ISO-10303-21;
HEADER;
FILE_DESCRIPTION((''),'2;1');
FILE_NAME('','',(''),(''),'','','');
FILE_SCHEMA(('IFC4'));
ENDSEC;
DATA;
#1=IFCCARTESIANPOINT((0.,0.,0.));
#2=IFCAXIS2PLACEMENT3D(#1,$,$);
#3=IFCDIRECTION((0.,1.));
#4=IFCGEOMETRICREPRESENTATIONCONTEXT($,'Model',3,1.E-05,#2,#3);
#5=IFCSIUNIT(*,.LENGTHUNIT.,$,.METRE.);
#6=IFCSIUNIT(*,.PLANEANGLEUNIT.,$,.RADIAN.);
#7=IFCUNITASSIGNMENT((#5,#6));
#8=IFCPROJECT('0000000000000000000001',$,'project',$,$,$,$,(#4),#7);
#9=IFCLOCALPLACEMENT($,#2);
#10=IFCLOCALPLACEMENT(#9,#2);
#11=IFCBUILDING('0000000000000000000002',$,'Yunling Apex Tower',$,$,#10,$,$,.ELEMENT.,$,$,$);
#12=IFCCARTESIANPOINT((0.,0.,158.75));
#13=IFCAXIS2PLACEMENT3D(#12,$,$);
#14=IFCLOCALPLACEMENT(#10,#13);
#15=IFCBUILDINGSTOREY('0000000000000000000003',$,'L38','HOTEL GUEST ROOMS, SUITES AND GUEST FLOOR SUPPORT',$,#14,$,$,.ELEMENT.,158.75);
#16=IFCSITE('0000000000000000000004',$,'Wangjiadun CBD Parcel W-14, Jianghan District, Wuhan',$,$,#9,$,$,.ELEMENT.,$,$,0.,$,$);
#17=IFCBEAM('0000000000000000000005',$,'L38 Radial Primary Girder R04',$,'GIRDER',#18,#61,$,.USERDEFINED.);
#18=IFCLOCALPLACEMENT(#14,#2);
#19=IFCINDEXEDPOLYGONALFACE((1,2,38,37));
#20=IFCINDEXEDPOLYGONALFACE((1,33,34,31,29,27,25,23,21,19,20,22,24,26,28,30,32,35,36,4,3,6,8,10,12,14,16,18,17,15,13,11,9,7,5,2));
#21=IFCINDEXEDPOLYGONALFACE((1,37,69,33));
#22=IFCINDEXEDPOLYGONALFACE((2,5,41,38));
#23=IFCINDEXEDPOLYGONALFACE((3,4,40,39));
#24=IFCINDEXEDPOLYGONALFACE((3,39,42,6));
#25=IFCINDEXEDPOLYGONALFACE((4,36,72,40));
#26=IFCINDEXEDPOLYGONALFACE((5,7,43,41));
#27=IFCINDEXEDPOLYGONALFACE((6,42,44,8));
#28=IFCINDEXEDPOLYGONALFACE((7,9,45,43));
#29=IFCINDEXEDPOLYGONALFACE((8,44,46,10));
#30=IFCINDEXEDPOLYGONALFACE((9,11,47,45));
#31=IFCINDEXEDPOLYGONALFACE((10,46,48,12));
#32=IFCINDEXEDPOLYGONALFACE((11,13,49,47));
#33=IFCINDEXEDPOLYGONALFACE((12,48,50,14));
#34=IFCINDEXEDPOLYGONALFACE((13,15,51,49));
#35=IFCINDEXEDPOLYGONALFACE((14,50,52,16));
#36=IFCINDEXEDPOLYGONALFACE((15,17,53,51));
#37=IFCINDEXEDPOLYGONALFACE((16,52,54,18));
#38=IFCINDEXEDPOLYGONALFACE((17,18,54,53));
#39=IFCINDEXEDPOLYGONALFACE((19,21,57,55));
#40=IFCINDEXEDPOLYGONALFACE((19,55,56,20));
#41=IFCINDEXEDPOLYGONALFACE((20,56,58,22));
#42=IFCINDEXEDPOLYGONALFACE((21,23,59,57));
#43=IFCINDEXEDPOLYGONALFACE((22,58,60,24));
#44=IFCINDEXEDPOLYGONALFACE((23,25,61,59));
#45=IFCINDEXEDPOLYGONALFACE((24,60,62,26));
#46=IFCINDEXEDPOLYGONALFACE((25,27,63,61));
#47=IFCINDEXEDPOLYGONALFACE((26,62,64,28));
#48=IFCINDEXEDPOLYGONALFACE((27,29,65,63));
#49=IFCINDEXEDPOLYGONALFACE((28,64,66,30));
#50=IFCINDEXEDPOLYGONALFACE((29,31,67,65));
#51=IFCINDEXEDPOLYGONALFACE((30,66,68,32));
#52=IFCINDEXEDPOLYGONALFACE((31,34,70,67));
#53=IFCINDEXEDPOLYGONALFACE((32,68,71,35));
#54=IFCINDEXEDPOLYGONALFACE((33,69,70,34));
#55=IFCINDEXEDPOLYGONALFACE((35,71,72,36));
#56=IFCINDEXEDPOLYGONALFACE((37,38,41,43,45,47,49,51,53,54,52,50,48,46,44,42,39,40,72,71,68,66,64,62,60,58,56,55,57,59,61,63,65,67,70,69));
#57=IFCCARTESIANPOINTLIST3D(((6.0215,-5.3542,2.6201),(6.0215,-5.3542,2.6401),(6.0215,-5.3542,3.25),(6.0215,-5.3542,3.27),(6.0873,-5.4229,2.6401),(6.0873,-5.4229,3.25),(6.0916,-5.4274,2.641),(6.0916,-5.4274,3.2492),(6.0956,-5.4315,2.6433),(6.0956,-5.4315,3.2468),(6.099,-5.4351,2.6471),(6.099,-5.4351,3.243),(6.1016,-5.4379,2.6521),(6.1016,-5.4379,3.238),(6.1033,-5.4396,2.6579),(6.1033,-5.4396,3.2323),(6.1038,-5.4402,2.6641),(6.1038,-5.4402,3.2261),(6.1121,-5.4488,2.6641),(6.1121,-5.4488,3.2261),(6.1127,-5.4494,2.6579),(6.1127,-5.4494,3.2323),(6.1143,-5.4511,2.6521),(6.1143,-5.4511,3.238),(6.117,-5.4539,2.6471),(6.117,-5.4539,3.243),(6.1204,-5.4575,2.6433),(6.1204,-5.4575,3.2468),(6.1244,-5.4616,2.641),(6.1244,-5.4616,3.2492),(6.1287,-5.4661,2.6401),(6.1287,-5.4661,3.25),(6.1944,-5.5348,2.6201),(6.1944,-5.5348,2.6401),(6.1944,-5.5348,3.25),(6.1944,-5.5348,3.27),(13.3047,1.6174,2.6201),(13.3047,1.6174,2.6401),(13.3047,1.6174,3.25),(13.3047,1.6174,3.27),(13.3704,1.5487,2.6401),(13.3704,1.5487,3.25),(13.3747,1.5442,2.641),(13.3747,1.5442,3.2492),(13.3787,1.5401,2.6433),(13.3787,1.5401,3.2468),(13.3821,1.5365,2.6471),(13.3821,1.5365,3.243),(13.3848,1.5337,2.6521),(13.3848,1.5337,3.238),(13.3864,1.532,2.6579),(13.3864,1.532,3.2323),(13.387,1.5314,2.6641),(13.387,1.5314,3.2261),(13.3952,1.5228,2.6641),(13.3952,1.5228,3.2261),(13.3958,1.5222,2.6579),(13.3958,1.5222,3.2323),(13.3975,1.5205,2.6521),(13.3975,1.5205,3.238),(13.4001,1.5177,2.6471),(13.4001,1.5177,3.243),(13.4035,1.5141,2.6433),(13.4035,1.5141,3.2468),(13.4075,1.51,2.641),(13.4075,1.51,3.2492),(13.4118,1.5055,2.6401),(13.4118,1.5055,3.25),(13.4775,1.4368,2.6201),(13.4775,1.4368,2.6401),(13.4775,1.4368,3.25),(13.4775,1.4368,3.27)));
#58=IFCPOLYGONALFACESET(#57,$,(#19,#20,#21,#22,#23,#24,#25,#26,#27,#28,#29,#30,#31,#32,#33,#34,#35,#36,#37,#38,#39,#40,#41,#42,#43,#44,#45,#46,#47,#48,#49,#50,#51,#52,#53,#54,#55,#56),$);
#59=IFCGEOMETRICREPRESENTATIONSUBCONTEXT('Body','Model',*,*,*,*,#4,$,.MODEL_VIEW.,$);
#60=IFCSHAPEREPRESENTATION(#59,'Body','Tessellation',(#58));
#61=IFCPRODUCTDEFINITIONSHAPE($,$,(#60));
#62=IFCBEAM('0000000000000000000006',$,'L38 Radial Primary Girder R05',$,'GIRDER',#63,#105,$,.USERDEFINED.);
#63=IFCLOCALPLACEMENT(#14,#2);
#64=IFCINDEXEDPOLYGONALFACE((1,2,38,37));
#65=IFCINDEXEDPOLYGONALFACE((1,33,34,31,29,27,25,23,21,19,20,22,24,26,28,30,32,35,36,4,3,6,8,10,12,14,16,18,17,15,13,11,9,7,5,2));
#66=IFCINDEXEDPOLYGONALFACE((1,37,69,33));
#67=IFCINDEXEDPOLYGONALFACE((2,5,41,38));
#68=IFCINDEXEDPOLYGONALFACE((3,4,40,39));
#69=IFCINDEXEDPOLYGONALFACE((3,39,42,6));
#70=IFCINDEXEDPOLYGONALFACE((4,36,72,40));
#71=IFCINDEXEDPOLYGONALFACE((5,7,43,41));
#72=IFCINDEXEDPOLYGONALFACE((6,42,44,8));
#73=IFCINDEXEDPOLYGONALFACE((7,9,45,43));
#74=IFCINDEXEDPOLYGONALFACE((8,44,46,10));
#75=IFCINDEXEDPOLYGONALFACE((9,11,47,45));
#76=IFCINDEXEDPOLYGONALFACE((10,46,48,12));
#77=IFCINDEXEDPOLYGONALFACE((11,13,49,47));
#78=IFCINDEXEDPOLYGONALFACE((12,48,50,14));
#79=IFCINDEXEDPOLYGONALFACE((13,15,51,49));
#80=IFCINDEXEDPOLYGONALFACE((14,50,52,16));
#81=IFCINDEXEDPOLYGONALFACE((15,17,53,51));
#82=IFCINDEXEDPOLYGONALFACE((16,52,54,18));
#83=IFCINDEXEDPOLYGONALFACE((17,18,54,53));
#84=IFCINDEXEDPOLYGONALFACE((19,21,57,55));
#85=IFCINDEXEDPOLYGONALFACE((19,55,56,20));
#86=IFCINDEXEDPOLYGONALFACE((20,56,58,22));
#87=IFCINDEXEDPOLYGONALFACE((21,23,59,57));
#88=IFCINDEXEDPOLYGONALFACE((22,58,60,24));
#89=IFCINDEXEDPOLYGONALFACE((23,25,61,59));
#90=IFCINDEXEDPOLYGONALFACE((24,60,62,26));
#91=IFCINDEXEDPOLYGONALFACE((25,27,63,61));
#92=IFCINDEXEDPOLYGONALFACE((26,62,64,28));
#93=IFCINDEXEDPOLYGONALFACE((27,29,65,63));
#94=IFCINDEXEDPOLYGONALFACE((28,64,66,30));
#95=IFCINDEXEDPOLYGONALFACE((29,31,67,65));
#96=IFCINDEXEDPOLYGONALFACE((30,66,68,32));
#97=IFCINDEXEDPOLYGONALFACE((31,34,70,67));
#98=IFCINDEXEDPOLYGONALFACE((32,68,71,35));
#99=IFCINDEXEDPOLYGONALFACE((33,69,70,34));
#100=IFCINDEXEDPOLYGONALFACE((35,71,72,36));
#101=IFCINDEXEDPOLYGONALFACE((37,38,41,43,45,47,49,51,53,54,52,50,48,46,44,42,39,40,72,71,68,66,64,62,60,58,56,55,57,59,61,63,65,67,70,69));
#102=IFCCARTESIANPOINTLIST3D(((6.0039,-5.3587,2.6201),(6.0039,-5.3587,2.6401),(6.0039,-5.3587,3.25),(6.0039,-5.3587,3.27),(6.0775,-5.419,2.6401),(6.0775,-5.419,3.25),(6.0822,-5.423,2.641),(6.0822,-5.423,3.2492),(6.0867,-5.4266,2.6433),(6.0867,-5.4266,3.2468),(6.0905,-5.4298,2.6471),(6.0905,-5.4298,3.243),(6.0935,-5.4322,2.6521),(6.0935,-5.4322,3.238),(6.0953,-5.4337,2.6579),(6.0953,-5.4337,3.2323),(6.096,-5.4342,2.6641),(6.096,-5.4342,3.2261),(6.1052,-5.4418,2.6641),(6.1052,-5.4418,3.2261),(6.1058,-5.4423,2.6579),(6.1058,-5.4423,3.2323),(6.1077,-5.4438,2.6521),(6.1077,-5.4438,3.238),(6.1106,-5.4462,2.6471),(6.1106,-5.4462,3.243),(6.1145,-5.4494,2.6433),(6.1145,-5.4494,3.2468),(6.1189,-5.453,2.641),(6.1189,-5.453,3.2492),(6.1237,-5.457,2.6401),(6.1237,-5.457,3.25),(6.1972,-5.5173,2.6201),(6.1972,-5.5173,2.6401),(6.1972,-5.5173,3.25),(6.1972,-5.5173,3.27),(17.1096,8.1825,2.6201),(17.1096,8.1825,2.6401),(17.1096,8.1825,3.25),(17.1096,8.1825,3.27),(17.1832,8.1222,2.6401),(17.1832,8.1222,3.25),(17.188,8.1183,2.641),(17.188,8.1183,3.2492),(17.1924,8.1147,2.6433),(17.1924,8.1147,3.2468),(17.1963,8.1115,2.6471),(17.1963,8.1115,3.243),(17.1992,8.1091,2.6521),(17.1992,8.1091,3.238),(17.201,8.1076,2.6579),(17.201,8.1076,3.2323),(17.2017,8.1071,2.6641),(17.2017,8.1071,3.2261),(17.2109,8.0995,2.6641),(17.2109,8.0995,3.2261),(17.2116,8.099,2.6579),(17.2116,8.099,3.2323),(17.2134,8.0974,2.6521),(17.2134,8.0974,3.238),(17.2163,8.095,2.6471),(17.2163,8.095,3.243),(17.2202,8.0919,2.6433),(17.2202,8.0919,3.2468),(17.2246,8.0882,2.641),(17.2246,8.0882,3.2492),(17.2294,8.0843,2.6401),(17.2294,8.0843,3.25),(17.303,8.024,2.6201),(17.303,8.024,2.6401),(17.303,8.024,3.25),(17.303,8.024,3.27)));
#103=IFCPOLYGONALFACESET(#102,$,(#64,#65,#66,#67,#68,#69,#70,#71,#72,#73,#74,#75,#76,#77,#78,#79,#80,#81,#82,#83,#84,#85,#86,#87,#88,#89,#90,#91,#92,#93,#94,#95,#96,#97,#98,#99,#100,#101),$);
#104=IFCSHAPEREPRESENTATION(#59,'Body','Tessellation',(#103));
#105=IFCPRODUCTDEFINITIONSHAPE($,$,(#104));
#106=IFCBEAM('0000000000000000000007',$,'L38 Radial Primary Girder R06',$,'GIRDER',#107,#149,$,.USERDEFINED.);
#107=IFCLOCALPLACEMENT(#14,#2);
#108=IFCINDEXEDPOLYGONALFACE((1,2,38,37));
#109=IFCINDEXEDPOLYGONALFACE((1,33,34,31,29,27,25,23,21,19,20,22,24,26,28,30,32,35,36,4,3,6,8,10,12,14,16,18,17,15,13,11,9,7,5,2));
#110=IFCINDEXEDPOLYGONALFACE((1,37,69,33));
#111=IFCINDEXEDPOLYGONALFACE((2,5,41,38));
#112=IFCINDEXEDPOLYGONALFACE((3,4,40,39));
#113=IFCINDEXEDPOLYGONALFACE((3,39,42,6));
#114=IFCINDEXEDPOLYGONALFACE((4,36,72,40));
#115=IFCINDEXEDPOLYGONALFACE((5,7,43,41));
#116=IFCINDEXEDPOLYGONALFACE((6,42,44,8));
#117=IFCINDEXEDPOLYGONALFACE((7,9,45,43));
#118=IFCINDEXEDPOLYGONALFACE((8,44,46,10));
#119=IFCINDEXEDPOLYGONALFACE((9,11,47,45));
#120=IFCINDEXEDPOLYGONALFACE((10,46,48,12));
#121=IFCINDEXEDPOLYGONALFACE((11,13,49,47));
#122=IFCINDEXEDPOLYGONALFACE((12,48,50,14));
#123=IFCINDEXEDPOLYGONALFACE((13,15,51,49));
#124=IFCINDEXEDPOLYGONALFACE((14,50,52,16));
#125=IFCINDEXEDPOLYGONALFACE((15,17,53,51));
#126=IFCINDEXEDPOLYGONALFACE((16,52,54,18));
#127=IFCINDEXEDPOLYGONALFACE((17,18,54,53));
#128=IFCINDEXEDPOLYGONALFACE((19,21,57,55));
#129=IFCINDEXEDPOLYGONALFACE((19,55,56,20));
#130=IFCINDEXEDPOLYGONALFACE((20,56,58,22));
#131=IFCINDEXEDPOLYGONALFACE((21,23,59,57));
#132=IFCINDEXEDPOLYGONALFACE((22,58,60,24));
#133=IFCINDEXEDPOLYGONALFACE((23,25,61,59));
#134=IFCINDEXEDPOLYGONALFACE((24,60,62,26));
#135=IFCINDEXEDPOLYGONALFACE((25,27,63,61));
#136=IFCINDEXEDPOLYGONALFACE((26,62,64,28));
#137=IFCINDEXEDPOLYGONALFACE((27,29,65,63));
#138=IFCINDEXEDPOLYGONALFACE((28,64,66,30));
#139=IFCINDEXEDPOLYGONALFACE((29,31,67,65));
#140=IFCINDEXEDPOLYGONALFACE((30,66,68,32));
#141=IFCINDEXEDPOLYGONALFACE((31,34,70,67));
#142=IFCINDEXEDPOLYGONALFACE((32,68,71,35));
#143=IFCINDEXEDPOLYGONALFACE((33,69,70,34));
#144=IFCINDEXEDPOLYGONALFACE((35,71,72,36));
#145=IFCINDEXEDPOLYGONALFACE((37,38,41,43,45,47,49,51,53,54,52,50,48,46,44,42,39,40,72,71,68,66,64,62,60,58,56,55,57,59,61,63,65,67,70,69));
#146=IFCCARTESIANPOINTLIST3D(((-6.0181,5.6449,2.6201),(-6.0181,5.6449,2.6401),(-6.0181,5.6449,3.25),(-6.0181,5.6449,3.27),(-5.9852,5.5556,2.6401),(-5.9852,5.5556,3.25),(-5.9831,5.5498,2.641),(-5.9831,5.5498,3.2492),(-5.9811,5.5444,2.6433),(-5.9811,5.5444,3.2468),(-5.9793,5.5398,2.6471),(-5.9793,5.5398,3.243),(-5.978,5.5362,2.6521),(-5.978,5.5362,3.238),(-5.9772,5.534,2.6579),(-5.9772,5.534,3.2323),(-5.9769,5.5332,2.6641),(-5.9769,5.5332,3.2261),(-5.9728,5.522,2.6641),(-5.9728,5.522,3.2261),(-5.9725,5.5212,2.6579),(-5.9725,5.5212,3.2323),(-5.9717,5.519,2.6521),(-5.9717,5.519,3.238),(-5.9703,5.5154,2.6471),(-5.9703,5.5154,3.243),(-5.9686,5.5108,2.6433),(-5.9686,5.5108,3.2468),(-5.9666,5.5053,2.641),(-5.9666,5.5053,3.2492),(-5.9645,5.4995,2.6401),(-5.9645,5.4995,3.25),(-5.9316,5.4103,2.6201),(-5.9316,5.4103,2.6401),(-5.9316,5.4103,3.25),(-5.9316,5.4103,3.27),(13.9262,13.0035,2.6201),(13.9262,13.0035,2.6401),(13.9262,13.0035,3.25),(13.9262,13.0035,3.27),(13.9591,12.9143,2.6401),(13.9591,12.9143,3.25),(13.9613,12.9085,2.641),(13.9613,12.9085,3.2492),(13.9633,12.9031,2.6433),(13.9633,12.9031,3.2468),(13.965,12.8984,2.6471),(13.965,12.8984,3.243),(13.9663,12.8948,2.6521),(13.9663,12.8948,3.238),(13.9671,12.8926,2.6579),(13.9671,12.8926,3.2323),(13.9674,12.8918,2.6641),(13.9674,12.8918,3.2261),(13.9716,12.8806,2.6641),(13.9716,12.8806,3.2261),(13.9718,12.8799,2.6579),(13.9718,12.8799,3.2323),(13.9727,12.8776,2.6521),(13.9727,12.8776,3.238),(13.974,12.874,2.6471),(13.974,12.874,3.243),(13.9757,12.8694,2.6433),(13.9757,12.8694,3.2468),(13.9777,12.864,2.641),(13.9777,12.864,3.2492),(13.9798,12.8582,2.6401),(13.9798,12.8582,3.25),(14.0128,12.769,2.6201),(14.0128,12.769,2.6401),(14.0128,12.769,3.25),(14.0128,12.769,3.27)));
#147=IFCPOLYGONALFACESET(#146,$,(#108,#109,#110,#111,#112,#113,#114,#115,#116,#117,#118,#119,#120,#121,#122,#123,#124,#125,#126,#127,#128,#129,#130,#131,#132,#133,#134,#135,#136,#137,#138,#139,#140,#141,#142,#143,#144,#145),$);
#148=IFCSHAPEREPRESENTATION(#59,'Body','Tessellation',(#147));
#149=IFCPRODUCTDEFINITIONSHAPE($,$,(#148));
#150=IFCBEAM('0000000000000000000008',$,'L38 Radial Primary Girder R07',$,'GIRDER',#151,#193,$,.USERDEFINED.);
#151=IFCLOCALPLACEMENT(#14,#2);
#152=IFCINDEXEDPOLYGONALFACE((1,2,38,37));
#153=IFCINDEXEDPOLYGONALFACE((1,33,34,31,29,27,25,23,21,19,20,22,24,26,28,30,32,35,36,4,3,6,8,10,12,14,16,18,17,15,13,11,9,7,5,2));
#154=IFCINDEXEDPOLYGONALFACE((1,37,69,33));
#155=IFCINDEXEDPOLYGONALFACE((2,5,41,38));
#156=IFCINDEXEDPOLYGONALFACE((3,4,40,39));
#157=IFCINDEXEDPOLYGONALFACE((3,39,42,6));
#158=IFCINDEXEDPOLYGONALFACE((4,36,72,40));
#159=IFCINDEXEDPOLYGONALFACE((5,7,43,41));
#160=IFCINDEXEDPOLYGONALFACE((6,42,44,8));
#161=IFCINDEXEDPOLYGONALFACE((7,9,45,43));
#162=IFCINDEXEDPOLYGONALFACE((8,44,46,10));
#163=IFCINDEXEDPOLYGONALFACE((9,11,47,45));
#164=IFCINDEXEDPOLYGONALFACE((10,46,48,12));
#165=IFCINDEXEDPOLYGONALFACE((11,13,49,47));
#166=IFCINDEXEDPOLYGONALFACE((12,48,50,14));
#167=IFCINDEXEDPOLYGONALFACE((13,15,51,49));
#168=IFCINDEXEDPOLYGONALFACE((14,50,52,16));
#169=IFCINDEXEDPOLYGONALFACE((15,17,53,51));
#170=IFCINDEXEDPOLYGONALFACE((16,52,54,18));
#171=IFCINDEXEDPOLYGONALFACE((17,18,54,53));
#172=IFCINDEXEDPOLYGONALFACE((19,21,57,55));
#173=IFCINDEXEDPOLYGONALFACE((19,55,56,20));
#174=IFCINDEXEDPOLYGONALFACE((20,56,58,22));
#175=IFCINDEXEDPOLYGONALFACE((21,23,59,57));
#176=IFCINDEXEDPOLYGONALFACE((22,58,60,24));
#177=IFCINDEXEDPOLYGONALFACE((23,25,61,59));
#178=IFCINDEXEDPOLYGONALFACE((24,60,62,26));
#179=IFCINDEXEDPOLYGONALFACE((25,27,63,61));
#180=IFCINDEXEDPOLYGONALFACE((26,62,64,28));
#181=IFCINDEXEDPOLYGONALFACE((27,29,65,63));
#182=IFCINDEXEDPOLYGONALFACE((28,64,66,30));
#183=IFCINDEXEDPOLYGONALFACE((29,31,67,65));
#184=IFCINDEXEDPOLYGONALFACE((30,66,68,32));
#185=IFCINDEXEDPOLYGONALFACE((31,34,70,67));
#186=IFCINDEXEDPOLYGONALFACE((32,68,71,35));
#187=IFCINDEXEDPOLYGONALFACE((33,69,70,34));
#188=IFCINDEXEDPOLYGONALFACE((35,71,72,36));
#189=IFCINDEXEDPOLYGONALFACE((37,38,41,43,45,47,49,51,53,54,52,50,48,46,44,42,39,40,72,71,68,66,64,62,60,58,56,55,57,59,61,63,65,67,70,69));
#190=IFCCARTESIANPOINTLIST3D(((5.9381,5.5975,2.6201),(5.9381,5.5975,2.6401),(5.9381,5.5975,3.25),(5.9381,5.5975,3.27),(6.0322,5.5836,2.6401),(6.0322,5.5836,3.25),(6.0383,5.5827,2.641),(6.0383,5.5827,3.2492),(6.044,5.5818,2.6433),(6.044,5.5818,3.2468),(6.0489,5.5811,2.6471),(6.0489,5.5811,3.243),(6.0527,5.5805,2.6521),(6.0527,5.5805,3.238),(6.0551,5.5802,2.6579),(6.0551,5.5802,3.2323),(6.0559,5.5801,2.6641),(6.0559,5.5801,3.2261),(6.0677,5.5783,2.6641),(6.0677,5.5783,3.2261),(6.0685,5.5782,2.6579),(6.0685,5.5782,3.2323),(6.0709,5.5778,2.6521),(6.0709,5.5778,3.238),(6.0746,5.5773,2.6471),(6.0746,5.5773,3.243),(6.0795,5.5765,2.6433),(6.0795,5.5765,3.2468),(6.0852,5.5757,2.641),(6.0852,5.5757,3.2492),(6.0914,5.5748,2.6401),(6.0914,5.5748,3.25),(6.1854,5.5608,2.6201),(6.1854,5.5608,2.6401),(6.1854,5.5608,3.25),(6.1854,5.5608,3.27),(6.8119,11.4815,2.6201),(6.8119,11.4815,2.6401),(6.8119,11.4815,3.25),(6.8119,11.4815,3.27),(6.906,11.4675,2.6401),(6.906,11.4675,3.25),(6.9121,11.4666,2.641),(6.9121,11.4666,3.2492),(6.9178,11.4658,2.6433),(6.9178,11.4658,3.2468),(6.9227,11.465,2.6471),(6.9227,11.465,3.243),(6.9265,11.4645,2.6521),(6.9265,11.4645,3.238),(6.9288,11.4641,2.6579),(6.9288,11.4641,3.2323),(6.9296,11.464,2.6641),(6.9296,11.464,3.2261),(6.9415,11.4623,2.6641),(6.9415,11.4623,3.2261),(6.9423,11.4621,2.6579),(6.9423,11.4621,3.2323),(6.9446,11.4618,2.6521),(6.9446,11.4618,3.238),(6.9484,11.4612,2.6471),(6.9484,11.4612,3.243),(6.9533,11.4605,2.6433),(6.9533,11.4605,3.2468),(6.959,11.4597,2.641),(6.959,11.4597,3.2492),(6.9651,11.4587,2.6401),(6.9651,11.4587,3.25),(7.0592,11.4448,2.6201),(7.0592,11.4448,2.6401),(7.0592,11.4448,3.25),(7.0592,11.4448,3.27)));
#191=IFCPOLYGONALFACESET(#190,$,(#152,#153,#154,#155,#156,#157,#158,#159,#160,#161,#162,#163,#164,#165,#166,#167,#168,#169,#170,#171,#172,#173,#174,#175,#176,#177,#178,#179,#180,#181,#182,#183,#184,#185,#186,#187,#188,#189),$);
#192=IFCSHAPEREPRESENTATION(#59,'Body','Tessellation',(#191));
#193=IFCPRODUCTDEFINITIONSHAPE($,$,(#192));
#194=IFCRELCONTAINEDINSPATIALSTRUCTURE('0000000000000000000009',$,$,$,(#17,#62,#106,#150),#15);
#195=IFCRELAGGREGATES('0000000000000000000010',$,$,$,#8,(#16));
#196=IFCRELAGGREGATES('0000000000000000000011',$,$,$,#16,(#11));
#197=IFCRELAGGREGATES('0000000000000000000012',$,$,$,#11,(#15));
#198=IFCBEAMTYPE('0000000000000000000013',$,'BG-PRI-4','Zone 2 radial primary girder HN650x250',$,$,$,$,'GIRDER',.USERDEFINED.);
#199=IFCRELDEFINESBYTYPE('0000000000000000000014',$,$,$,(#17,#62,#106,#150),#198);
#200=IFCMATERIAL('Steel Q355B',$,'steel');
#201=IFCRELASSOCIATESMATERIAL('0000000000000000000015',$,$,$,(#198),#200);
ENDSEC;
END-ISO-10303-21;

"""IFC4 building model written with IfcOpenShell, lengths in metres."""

from ifc_helpers import new_model, si_unit, direction, frame, origin, origin_2d, place, context, subcontext, project, spatial, i_section, extrude, source, transform, mapped, material, material_profile, profile_set, type_object, element, save


model = new_model("IFC4")

# Units and contexts
model_context = context("Model", 3, precision=1e-05, world=origin(), true_north=direction((0.0, 1.0)))
body_context = subcontext(model_context, "Body", "Model", "MODEL_VIEW")
ifc_project = project(units=[si_unit("LENGTHUNIT", "METRE"), si_unit("PLANEANGLEUNIT", "RADIAN")], contexts=[model_context])

# Site, building, storey
site_placement = place(None, origin())
site = spatial("IfcSite", under=ifc_project, at=site_placement, Name="Wangjiadun CBD Parcel W-14, Jianghan District, Wuhan", CompositionType="ELEMENT", RefElevation=0.0)
building_placement = place(site_placement, origin())
building = spatial("IfcBuilding", under=site, at=building_placement, Name="Yunling Apex Tower", CompositionType="ELEMENT")
storey_placement = place(building_placement, frame((0.0, 0.0, 158.75)))
storey = spatial("IfcBuildingStorey", under=building, at=storey_placement, Name="L38", Description="HOTEL GUEST ROOMS, SUITES AND GUEST FLOOR SUPPORT", CompositionType="ELEMENT", Elevation=158.75)

# Beams
ifc_material_1 = material(Name="Steel Q355B", Category="steel")
ifc_material_profile_1 = material_profile(ifc_material_1, i_section(OverallWidth=0.25, OverallDepth=0.6499, WebThickness=0.012, FlangeThickness=0.02, FilletRadius=0.0239, at=origin_2d()))
ifc_profile_set_1 = profile_set([ifc_material_profile_1], Name="Steel Q355B")
beam_type_1 = type_object("IfcBeamType", Name="BG-PRI-4", Description="Zone 2 radial primary girder HN650x250", ElementType="GIRDER", PredefinedType="USERDEFINED", material=ifc_profile_set_1)
shared_shape_1 = source(origin(), body_context, "Body", "SweptSolid", [
    extrude(i_section(OverallWidth=0.25, OverallDepth=0.6499, WebThickness=0.012, FlangeThickness=0.02, FilletRadius=0.0239, at=origin_2d()), origin(), (0.0, 0.0, 1.0), 10.082),
])
beam_1_placement = place(storey_placement, frame((13.3911, 1.5271, 2.9451), z_axis=(-0.722387, -0.691489, 0.0), x_axis=(0.691489, -0.722387, 0.0)))
element("IfcBeam", 1, at=beam_1_placement, inside=storey, type_object=beam_type_1, Name="L38 Radial Primary Girder R04", ObjectType="GIRDER", PredefinedType="USERDEFINED", context=body_context, shape_type="MappedRepresentation", body=[
    mapped(shared_shape_1, transform((0.0, 0.0, 0.0), scale=1.0)),
])
shared_shape_2 = source(origin(), body_context, "Body", "SweptSolid", [
    extrude(i_section(OverallWidth=0.25, OverallDepth=0.6499, WebThickness=0.012, FlangeThickness=0.02, FilletRadius=0.0239, at=origin_2d()), origin(), (0.0, 0.0, 1.0), 17.5129),
])
beam_2_placement = place(storey_placement, frame((17.2063, 8.1033, 2.9451), z_axis=(-0.634144, -0.773215, 0.0), x_axis=(0.773215, -0.634144, 0.0)))
element("IfcBeam", 2, at=beam_2_placement, inside=storey, type_object=beam_type_1, Name="L38 Radial Primary Girder R05", ObjectType="GIRDER", PredefinedType="USERDEFINED", context=body_context, shape_type="MappedRepresentation", body=[
    mapped(shared_shape_2, transform((0.0, 0.0, 0.0), scale=1.0)),
])
shared_shape_3 = source(origin(), body_context, "Body", "SweptSolid", [
    extrude(i_section(OverallWidth=0.25, OverallDepth=0.6499, WebThickness=0.012, FlangeThickness=0.02, FilletRadius=0.0239, at=origin_2d()), origin(), (0.0, 0.0, 1.0), 21.2585),
])
beam_3_placement = place(storey_placement, frame((13.9695, 12.8862, 2.9451), z_axis=(-0.938179, -0.34615, 0.0), x_axis=(0.34615, -0.938179, 0.0)))
element("IfcBeam", 3, at=beam_3_placement, inside=storey, type_object=beam_type_1, Name="L38 Radial Primary Girder R06", ObjectType="GIRDER", PredefinedType="USERDEFINED", context=body_context, shape_type="MappedRepresentation", body=[
    mapped(shared_shape_3, transform((0.0, 0.0, 0.0), scale=1.0)),
])
shared_shape_4 = source(origin(), body_context, "Body", "SweptSolid", [
    extrude(i_section(OverallWidth=0.25, OverallDepth=0.6499, WebThickness=0.012, FlangeThickness=0.02, FilletRadius=0.0239, at=origin_2d()), origin(), (0.0, 0.0, 1.0), 5.9485),
])
beam_4_placement = place(storey_placement, frame((6.9355, 11.4631, 2.9451), z_axis=(-0.146889, -0.989153, 0.0), x_axis=(0.989153, -0.146889, 0.0)))
element("IfcBeam", 4, at=beam_4_placement, inside=storey, type_object=beam_type_1, Name="L38 Radial Primary Girder R07", ObjectType="GIRDER", PredefinedType="USERDEFINED", context=body_context, shape_type="MappedRepresentation", body=[
    mapped(shared_shape_4, transform((0.0, 0.0, 0.0), scale=1.0)),
])

save(model, "model.ifc")
